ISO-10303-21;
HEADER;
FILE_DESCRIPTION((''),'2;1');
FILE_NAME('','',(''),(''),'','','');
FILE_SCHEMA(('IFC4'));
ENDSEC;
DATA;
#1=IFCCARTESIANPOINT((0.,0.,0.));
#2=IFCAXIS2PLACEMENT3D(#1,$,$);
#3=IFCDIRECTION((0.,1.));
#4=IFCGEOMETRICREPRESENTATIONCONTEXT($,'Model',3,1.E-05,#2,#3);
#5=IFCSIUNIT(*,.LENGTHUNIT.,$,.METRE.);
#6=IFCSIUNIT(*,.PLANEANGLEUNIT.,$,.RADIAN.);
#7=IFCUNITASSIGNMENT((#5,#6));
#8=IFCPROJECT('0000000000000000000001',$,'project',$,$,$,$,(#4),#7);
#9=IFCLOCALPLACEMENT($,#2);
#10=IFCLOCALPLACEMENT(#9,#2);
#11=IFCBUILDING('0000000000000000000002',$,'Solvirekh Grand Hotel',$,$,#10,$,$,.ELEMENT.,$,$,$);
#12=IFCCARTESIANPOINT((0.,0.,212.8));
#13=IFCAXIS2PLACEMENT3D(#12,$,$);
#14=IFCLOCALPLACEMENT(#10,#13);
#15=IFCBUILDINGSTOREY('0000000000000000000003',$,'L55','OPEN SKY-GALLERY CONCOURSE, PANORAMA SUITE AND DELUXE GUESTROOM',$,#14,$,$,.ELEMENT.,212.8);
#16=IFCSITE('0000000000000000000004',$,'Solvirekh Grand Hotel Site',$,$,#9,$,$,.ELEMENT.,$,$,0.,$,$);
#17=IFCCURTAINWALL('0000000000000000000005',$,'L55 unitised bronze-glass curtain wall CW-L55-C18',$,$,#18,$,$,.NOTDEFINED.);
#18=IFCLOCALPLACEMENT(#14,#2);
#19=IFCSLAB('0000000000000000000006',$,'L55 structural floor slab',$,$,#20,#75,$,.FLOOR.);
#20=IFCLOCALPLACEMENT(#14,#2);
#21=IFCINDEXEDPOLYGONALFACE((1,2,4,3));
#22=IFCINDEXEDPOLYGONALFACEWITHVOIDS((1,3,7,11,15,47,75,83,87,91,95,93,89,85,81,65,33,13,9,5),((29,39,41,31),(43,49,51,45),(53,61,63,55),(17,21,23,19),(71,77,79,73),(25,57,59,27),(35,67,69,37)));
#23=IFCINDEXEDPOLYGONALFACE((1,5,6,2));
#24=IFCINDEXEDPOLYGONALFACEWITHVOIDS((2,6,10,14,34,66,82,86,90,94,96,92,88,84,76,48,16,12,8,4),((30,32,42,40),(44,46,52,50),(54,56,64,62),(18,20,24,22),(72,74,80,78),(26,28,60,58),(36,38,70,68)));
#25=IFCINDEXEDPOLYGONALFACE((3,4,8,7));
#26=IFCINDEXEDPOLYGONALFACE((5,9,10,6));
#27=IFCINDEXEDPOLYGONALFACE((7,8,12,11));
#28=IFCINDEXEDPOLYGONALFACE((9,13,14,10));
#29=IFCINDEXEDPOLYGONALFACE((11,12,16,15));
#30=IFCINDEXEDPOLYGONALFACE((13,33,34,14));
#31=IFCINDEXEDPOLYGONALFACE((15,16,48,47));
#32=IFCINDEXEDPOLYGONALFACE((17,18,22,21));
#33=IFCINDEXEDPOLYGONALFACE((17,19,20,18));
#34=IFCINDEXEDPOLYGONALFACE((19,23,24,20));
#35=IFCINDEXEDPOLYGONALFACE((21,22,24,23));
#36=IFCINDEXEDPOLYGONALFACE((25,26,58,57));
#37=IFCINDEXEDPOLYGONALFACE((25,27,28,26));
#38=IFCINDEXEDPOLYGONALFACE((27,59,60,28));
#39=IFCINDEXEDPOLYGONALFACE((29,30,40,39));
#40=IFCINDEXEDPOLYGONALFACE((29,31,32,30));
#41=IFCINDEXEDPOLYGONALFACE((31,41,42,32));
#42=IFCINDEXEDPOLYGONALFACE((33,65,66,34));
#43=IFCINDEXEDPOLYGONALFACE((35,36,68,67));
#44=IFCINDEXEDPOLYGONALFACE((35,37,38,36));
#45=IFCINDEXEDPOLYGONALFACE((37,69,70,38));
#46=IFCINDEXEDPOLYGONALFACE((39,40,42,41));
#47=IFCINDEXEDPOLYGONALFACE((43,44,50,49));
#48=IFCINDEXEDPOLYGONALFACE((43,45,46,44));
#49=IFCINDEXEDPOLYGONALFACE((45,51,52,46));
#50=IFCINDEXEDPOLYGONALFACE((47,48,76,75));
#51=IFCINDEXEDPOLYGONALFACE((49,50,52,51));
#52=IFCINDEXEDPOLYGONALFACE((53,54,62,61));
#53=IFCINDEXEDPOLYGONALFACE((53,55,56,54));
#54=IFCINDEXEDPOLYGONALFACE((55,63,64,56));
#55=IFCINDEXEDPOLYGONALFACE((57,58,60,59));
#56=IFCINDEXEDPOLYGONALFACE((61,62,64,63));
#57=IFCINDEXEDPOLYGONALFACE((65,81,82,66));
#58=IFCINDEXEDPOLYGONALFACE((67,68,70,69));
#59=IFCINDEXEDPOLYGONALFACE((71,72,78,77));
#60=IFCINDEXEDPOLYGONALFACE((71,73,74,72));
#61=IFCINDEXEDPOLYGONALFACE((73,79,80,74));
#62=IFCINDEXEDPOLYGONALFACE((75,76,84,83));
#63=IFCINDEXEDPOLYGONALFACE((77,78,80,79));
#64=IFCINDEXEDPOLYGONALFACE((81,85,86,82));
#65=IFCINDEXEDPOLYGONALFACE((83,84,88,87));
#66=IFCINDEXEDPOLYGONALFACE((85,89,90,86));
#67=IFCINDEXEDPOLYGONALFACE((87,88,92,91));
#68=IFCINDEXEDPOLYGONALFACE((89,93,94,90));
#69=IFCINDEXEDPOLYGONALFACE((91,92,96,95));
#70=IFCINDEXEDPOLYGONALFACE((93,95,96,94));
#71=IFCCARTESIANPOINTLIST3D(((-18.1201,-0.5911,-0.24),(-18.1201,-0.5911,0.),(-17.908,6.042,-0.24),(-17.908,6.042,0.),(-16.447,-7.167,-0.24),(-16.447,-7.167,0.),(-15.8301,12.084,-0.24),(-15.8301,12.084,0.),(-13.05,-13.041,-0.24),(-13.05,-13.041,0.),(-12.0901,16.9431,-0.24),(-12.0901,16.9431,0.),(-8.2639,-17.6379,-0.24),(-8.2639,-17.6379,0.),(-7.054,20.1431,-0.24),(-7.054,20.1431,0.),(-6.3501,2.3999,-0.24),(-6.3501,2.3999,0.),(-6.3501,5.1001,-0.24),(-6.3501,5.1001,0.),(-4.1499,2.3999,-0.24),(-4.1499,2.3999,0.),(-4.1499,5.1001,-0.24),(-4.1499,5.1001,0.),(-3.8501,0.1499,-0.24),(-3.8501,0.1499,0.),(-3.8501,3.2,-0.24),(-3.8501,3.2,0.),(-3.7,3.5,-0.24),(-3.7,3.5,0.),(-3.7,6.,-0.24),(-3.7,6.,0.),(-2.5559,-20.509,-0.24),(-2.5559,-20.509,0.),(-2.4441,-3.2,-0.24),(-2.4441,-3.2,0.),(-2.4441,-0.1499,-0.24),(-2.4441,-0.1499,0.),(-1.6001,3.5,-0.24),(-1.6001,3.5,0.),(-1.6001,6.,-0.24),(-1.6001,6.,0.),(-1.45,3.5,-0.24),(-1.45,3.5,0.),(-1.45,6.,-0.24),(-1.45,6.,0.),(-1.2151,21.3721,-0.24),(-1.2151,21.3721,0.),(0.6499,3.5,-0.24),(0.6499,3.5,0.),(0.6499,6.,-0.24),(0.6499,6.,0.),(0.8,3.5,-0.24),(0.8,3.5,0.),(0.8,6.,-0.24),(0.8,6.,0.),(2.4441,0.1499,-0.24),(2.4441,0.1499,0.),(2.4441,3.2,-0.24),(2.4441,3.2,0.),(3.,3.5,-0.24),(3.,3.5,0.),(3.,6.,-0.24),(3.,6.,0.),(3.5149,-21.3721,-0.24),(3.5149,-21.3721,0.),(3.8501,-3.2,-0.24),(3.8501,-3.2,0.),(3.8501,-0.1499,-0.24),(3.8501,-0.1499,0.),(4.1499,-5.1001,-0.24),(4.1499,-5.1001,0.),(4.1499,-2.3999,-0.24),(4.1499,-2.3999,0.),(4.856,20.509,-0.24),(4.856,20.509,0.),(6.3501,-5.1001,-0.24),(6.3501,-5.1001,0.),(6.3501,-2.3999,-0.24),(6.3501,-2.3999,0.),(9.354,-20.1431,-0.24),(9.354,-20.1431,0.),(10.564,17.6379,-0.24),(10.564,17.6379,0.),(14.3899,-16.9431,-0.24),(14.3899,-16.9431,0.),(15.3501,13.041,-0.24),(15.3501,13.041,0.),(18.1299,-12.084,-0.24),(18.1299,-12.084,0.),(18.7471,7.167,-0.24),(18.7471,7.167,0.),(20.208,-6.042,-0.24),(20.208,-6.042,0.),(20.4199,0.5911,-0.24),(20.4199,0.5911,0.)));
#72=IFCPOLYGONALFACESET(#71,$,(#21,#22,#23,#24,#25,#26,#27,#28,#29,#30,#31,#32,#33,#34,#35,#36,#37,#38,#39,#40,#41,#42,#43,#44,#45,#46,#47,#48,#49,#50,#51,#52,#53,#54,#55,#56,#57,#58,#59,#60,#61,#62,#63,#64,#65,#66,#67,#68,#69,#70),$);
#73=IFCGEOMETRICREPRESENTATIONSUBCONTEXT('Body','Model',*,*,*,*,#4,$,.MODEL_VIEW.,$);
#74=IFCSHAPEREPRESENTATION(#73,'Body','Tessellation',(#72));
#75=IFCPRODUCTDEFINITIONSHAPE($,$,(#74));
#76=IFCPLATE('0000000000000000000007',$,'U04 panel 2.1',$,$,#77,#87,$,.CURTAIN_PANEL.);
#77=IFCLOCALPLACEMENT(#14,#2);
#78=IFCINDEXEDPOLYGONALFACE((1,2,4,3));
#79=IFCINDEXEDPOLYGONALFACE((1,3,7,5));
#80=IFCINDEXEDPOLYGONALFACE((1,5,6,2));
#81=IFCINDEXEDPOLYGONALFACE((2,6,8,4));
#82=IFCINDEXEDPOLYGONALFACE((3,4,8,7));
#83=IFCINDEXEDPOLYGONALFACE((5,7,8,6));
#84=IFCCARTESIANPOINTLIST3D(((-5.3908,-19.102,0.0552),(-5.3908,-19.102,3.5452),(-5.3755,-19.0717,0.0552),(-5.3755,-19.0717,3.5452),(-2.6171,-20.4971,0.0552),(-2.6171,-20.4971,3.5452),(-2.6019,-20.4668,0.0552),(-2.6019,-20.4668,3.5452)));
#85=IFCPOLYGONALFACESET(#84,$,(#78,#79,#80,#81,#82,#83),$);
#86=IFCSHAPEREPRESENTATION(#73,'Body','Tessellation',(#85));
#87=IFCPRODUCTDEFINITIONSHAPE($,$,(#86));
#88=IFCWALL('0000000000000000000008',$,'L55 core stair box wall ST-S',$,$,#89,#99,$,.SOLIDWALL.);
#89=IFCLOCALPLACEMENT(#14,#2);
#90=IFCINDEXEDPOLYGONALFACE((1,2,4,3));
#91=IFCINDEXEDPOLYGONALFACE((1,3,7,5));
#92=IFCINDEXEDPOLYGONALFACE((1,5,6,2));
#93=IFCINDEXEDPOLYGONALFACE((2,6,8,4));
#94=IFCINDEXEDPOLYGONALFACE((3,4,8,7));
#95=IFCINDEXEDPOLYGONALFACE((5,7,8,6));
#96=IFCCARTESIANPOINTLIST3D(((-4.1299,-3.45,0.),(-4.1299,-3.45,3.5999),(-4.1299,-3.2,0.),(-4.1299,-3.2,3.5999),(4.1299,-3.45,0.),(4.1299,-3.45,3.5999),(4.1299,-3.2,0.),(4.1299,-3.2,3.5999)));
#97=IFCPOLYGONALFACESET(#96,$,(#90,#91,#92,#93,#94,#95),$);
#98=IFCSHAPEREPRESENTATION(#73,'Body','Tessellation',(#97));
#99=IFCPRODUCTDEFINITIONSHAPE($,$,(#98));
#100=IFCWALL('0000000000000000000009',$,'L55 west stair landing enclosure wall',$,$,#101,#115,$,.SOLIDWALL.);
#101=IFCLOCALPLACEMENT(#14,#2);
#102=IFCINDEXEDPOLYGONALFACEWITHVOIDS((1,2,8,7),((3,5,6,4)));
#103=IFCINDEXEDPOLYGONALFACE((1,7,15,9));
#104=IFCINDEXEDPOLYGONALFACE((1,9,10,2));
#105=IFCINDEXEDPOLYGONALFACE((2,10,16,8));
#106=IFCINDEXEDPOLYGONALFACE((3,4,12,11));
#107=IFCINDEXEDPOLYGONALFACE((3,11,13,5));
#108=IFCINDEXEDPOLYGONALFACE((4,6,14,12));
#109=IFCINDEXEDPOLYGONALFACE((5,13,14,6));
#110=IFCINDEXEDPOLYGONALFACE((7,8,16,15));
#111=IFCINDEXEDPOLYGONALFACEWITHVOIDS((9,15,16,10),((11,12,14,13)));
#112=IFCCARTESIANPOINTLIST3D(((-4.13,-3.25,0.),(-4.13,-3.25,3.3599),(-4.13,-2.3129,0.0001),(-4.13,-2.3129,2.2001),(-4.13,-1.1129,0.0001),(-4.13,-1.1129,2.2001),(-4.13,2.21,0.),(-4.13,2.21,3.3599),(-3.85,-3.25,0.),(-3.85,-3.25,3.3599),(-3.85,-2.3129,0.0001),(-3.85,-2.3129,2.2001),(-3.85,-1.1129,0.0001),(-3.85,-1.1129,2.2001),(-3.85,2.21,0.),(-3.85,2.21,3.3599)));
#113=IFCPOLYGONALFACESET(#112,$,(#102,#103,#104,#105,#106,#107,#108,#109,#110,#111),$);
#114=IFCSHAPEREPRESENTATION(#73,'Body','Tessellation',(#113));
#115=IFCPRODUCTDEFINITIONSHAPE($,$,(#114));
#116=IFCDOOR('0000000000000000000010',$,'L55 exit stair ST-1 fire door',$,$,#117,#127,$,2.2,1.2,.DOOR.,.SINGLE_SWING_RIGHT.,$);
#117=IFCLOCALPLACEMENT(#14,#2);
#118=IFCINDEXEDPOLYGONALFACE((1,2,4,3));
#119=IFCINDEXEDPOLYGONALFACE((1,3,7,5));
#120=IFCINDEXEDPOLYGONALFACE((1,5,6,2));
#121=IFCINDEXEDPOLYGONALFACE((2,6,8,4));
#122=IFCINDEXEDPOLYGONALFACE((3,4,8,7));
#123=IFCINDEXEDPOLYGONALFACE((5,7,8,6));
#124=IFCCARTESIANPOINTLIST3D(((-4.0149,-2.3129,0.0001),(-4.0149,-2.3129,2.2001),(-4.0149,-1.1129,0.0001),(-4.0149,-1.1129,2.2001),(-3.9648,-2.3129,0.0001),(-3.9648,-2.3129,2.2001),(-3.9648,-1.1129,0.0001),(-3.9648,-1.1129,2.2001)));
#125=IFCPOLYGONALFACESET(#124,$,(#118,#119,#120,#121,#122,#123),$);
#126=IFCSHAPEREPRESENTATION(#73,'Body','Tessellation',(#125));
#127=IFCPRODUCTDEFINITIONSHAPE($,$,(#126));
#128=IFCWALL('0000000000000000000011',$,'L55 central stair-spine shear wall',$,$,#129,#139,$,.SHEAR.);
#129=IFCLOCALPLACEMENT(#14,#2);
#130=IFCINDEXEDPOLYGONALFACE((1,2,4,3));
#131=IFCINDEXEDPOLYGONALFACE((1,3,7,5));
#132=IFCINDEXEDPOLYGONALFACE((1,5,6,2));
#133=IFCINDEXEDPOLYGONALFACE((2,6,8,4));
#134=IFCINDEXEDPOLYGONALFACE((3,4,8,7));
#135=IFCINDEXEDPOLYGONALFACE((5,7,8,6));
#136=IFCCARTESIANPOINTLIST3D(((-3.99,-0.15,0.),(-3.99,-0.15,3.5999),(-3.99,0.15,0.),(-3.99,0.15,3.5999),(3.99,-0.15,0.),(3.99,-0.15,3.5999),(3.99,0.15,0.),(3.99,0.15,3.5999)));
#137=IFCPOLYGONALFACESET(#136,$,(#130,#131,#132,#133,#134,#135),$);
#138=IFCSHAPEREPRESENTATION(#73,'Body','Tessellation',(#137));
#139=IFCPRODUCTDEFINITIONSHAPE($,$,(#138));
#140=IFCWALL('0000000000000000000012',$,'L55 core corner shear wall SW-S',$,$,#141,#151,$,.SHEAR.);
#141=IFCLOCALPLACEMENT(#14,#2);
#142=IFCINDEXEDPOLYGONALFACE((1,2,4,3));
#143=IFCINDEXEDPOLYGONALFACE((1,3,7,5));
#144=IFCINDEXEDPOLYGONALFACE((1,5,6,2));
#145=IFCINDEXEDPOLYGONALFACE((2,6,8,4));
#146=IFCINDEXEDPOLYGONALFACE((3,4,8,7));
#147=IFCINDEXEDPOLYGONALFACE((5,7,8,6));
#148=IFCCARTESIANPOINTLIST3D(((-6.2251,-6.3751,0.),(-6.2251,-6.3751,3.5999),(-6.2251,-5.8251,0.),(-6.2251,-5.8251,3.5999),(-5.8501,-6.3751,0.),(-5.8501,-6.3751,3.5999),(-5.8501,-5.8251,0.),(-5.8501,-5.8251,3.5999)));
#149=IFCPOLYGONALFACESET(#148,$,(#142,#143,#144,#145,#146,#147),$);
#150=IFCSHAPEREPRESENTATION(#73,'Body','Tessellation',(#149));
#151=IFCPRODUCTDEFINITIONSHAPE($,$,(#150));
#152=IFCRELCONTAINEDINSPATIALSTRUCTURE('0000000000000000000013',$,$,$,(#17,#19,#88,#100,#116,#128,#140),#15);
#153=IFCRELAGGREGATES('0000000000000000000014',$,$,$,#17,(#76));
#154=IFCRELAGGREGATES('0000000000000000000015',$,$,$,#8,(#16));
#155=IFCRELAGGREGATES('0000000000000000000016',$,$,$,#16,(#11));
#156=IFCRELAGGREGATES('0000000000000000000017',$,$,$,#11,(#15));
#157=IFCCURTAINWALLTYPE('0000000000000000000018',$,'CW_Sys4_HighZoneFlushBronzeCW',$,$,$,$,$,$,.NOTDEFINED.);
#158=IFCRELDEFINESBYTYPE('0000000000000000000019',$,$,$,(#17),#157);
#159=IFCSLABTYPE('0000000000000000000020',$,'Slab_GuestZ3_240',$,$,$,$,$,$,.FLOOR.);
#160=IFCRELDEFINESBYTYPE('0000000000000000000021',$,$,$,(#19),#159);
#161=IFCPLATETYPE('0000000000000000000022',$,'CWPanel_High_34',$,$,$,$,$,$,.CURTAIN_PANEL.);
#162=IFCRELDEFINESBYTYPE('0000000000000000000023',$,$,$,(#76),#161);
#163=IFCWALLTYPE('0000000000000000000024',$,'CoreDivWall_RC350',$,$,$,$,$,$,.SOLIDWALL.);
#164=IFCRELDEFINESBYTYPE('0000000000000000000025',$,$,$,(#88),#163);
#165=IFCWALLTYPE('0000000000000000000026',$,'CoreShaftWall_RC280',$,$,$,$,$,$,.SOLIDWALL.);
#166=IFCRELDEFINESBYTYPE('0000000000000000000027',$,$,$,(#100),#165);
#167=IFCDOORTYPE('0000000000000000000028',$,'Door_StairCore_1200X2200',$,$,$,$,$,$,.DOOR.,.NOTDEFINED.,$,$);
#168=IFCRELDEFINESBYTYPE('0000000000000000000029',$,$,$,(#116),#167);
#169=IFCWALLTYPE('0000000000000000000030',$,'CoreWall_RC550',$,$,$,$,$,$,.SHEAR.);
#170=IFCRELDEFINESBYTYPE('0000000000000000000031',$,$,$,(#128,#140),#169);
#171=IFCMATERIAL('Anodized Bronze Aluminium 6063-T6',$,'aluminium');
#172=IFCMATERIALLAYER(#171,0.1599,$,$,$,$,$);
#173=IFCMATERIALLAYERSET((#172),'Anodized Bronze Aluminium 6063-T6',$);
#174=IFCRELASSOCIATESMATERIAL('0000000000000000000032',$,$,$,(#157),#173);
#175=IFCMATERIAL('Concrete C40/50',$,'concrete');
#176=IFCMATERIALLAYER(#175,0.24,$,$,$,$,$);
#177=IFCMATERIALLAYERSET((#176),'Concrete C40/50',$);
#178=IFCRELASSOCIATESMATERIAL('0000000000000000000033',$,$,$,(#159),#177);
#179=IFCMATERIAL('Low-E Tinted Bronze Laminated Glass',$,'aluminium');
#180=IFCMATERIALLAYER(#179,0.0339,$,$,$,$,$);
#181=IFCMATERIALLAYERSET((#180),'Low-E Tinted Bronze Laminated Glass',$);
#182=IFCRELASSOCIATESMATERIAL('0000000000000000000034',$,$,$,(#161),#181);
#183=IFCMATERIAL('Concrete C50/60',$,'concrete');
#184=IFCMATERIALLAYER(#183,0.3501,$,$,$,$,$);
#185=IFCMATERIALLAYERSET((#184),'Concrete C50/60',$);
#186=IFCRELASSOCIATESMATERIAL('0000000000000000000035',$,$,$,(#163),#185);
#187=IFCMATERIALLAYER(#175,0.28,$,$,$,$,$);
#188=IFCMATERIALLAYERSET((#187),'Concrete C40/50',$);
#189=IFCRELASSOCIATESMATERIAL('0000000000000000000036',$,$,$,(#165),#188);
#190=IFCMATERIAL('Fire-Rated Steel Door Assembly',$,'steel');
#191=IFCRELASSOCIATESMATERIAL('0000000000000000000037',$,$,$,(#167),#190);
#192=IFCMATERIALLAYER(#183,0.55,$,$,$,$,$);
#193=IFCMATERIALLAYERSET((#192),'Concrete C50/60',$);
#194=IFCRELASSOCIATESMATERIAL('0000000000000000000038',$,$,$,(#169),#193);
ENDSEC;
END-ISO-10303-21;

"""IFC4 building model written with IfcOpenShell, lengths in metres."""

from ifc_helpers import new_model, si_unit, direction, frame, frame_2d, origin, origin_2d, place, context, subcontext, project, spatial, polyline, rectangle, outline, extrude, source, transform, mapped, material, layer, layer_set, type_object, element, fill, aggregate, save


model = new_model("IFC4")

# Units and contexts
model_context = context("Model", 3, precision=1e-05, world=origin(), true_north=direction((0.0, 1.0)))
body_context = subcontext(model_context, "Body", "Model", "MODEL_VIEW")
ifc_project = project(units=[si_unit("LENGTHUNIT", "METRE"), si_unit("PLANEANGLEUNIT", "RADIAN")], contexts=[model_context])

# Site, building, storey
site_placement = place(None, origin())
site = spatial("IfcSite", under=ifc_project, at=site_placement, Name="Solvirekh Grand Hotel Site", CompositionType="ELEMENT", RefElevation=0.0)
building_placement = place(site_placement, origin())
building = spatial("IfcBuilding", under=site, at=building_placement, Name="Solvirekh Grand Hotel", CompositionType="ELEMENT")
storey_placement = place(building_placement, frame((0.0, 0.0, 212.8)))
storey = spatial("IfcBuildingStorey", under=building, at=storey_placement, Name="L55", Description="OPEN SKY-GALLERY CONCOURSE, PANORAMA SUITE AND DELUXE GUESTROOM", CompositionType="ELEMENT", Elevation=212.8)

# Shared definitions
ifc_material_1 = material(Name="Concrete C50/60", Category="concrete")

# Curtain wall
ifc_material_2 = material(Name="Anodized Bronze Aluminium 6063-T6", Category="aluminium")
ifc_layer_1 = layer(ifc_material_2, 0.1599)
ifc_layer_set_1 = layer_set([ifc_layer_1], Name="Anodized Bronze Aluminium 6063-T6")
curtain_wall_type = type_object("IfcCurtainWallType", Name="CW_Sys4_HighZoneFlushBronzeCW", PredefinedType="NOTDEFINED", material=ifc_layer_set_1)
curtain_wall_placement = place(storey_placement, origin())
curtain_wall = element("IfcCurtainWall", 1, at=curtain_wall_placement, inside=storey, type_object=curtain_wall_type, Name="L55 unitised bronze-glass curtain wall CW-L55-C18", PredefinedType="NOTDEFINED")

# Shared definitions
ifc_material_3 = material(Name="Concrete C40/50", Category="concrete")

# Slab
ifc_layer_2 = layer(ifc_material_3, 0.24)
ifc_layer_set_2 = layer_set([ifc_layer_2], Name="Concrete C40/50")
slab_type_1 = type_object("IfcSlabType", Name="Slab_GuestZ3_240", PredefinedType="FLOOR", material=ifc_layer_set_2)
slab_1_placement = place(storey_placement, frame((0.0, 0.0, -0.24)))
element("IfcSlab", 2, at=slab_1_placement, inside=storey, type_object=slab_type_1, Name="L55 structural floor slab", PredefinedType="FLOOR", context=body_context, shape_type="SweptSolid", body=[
    extrude(outline(polyline([(9.354, -20.1431), (14.3899, -16.9431), (18.1299, -12.084), (20.208, -6.042), (20.4199, 0.5911), (18.7471, 7.167), (15.3501, 13.041), (10.564, 17.6379), (4.856, 20.509), (-1.2151, 21.3721), (-7.054, 20.1431), (-12.0901, 16.9431), (-15.8301, 12.084), (-17.908, 6.042), (-18.1201, -0.5911), (-16.447, -7.167), (-13.05, -13.041), (-8.2639, -17.6379), (-2.5559, -20.509), (3.5149, -21.3721), (9.354, -20.1431)]), holes=[polyline([(-2.4441, -0.1499), (3.8501, -0.1499), (3.8501, -3.2), (-2.4441, -3.2), (-2.4441, -0.1499)]), polyline([(2.4441, 0.1499), (-3.8501, 0.1499), (-3.8501, 3.2), (2.4441, 3.2), (2.4441, 0.1499)]), polyline([(-3.7, 6.0), (-1.6001, 6.0), (-1.6001, 3.5), (-3.7, 3.5), (-3.7, 6.0)]), polyline([(-1.45, 6.0), (0.6499, 6.0), (0.6499, 3.5), (-1.45, 3.5), (-1.45, 6.0)]), polyline([(0.8, 6.0), (3.0, 6.0), (3.0, 3.5), (0.8, 3.5), (0.8, 6.0)]), polyline([(-6.3501, 5.1001), (-4.1499, 5.1001), (-4.1499, 2.3999), (-6.3501, 2.3999), (-6.3501, 5.1001)]), polyline([(4.1499, -2.3999), (6.3501, -2.3999), (6.3501, -5.1001), (4.1499, -5.1001), (4.1499, -2.3999)])]), origin(), (0.0, 0.0, 1.0), 0.24),
])

# Plate
ifc_material_4 = material(Name="Low-E Tinted Bronze Laminated Glass", Category="aluminium")
ifc_layer_3 = layer(ifc_material_4, 0.0339)
ifc_layer_set_3 = layer_set([ifc_layer_3], Name="Low-E Tinted Bronze Laminated Glass")
plate_type = type_object("IfcPlateType", Name="CWPanel_High_34", PredefinedType="CURTAIN_PANEL", material=ifc_layer_set_3)
shared_shape_1 = source(origin(), body_context, "Body", "SweptSolid", [
    extrude(rectangle(XDim=3.1047, YDim=0.0339, at=origin_2d()), origin(), (0.0, 0.0, 1.0), 3.49),
])
plate_placement = place(storey_placement, frame((-3.9963, -19.7844, 0.0552), z_axis=(0.0, 0.0, 1.0), x_axis=(0.89336, -0.449341, 0.0)))
plate = element("IfcPlate", 3, at=plate_placement, type_object=plate_type, Name="U04 panel 2.1", PredefinedType="CURTAIN_PANEL", context=body_context, shape_type="MappedRepresentation", body=[
    mapped(shared_shape_1, transform((0.0, 0.0, 0.0), x_axis=(1.0, 0.0, 0.0), y_axis=(0.0, 1.0, 0.0), z_axis=(0.0, 0.0, 1.0), scale=1.0)),
])
aggregate(curtain_wall, [plate])

# Wall
ifc_layer_4 = layer(ifc_material_1, 0.3501)
ifc_layer_set_4 = layer_set([ifc_layer_4], Name="Concrete C50/60")
wall_type_1 = type_object("IfcWallType", Name="CoreDivWall_RC350", PredefinedType="SOLIDWALL", material=ifc_layer_set_4)
wall_1_placement = place(storey_placement, frame((-4.1299, -3.325, 0.0), z_axis=(0.0, 0.0, 1.0), x_axis=(1.0, 0.0, 0.0)))
element("IfcWall", 4, at=wall_1_placement, inside=storey, type_object=wall_type_1, Name="L55 core stair box wall ST-S", PredefinedType="SOLIDWALL", context=body_context, shape_type="SweptSolid", body=[
    extrude(rectangle(XDim=8.2598, YDim=0.25, at=frame_2d((4.1299, 0.0))), origin(), (0.0, 0.0, 1.0), 3.5999),
])

# Wall, opening, door
ifc_layer_5 = layer(ifc_material_3, 0.28)
ifc_layer_set_5 = layer_set([ifc_layer_5], Name="Concrete C40/50")
wall_type_2 = type_object("IfcWallType", Name="CoreShaftWall_RC280", PredefinedType="SOLIDWALL", material=ifc_layer_set_5)
wall_2_placement = place(storey_placement, frame((-3.99, -3.25, 0.0), z_axis=(0.0, 0.0, 1.0), x_axis=(0.0, 1.0, 0.0)))
wall_2 = element("IfcWall", 5, at=wall_2_placement, inside=storey, type_object=wall_type_2, Name="L55 west stair landing enclosure wall", PredefinedType="SOLIDWALL", context=body_context, shape_type="SweptSolid", body=[
    extrude(rectangle(XDim=5.46, YDim=0.28, at=frame_2d((2.73, 0.0))), origin(), (0.0, 0.0, 1.0), 3.3599),
])
opening_1_placement = place(wall_2_placement, frame((0.937, 0.0, 0.0)))
opening_1 = element("IfcOpeningElement", 6, at=opening_1_placement, cuts=wall_2, PredefinedType="OPENING", context=body_context, shape_type="SweptSolid", body=[
    extrude(rectangle(XDim=1.2, YDim=2.2, at=frame_2d((0.6001, 1.1001))), frame((0.0, 0.1499, 0.0), z_axis=(0.0, -1.0, 0.0), x_axis=(1.0, 0.0, 0.0)), (0.0, 0.0, 1.0), 0.3),
])
ifc_material_5 = material(Name="Fire-Rated Steel Door Assembly", Category="steel")
door_type_1 = type_object("IfcDoorType", Name="Door_StairCore_1200X2200", OperationType="NOTDEFINED", PredefinedType="DOOR", material=ifc_material_5)
door_1_placement = place(opening_1_placement, origin())
door_1 = element("IfcDoor", 7, at=door_1_placement, inside=storey, type_object=door_type_1, Name="L55 exit stair ST-1 fire door", OperationType="SINGLE_SWING_RIGHT", OverallHeight=2.2, OverallWidth=1.2, PredefinedType="DOOR", context=body_context, shape_type="SweptSolid", body=[
    extrude(rectangle(XDim=1.2, YDim=2.2, at=frame_2d((0.6001, 1.1001))), frame((0.0, 0.0249, 0.0), z_axis=(0.0, -1.0, 0.0), x_axis=(1.0, 0.0, 0.0)), (0.0, 0.0, 1.0), 0.05),
])
fill(opening_1, door_1)

# Walls
ifc_layer_6 = layer(ifc_material_1, 0.55)
ifc_layer_set_6 = layer_set([ifc_layer_6], Name="Concrete C50/60")
wall_type_3 = type_object("IfcWallType", Name="CoreWall_RC550", PredefinedType="SHEAR", material=ifc_layer_set_6)
wall_3_placement = place(storey_placement, frame((-3.99, 0.0, 0.0), z_axis=(0.0, 0.0, 1.0), x_axis=(1.0, 0.0, 0.0)))
element("IfcWall", 8, at=wall_3_placement, inside=storey, type_object=wall_type_3, Name="L55 central stair-spine shear wall", PredefinedType="SHEAR", context=body_context, shape_type="SweptSolid", body=[
    extrude(rectangle(XDim=7.98, YDim=0.3, at=frame_2d((3.99, 0.0))), origin(), (0.0, 0.0, 1.0), 3.5999),
])
wall_4_placement = place(storey_placement, frame((-6.2251, -6.1001, 0.0), z_axis=(0.0, 0.0, 1.0), x_axis=(1.0, 0.0, 0.0)))
element("IfcWall", 9, at=wall_4_placement, inside=storey, type_object=wall_type_3, Name="L55 core corner shear wall SW-S", PredefinedType="SHEAR", context=body_context, shape_type="SweptSolid", body=[
    extrude(rectangle(XDim=0.375, YDim=0.55, at=frame_2d((0.1875, 0.0))), origin(), (0.0, 0.0, 1.0), 3.5999),
])

save(model, "model.ifc")
